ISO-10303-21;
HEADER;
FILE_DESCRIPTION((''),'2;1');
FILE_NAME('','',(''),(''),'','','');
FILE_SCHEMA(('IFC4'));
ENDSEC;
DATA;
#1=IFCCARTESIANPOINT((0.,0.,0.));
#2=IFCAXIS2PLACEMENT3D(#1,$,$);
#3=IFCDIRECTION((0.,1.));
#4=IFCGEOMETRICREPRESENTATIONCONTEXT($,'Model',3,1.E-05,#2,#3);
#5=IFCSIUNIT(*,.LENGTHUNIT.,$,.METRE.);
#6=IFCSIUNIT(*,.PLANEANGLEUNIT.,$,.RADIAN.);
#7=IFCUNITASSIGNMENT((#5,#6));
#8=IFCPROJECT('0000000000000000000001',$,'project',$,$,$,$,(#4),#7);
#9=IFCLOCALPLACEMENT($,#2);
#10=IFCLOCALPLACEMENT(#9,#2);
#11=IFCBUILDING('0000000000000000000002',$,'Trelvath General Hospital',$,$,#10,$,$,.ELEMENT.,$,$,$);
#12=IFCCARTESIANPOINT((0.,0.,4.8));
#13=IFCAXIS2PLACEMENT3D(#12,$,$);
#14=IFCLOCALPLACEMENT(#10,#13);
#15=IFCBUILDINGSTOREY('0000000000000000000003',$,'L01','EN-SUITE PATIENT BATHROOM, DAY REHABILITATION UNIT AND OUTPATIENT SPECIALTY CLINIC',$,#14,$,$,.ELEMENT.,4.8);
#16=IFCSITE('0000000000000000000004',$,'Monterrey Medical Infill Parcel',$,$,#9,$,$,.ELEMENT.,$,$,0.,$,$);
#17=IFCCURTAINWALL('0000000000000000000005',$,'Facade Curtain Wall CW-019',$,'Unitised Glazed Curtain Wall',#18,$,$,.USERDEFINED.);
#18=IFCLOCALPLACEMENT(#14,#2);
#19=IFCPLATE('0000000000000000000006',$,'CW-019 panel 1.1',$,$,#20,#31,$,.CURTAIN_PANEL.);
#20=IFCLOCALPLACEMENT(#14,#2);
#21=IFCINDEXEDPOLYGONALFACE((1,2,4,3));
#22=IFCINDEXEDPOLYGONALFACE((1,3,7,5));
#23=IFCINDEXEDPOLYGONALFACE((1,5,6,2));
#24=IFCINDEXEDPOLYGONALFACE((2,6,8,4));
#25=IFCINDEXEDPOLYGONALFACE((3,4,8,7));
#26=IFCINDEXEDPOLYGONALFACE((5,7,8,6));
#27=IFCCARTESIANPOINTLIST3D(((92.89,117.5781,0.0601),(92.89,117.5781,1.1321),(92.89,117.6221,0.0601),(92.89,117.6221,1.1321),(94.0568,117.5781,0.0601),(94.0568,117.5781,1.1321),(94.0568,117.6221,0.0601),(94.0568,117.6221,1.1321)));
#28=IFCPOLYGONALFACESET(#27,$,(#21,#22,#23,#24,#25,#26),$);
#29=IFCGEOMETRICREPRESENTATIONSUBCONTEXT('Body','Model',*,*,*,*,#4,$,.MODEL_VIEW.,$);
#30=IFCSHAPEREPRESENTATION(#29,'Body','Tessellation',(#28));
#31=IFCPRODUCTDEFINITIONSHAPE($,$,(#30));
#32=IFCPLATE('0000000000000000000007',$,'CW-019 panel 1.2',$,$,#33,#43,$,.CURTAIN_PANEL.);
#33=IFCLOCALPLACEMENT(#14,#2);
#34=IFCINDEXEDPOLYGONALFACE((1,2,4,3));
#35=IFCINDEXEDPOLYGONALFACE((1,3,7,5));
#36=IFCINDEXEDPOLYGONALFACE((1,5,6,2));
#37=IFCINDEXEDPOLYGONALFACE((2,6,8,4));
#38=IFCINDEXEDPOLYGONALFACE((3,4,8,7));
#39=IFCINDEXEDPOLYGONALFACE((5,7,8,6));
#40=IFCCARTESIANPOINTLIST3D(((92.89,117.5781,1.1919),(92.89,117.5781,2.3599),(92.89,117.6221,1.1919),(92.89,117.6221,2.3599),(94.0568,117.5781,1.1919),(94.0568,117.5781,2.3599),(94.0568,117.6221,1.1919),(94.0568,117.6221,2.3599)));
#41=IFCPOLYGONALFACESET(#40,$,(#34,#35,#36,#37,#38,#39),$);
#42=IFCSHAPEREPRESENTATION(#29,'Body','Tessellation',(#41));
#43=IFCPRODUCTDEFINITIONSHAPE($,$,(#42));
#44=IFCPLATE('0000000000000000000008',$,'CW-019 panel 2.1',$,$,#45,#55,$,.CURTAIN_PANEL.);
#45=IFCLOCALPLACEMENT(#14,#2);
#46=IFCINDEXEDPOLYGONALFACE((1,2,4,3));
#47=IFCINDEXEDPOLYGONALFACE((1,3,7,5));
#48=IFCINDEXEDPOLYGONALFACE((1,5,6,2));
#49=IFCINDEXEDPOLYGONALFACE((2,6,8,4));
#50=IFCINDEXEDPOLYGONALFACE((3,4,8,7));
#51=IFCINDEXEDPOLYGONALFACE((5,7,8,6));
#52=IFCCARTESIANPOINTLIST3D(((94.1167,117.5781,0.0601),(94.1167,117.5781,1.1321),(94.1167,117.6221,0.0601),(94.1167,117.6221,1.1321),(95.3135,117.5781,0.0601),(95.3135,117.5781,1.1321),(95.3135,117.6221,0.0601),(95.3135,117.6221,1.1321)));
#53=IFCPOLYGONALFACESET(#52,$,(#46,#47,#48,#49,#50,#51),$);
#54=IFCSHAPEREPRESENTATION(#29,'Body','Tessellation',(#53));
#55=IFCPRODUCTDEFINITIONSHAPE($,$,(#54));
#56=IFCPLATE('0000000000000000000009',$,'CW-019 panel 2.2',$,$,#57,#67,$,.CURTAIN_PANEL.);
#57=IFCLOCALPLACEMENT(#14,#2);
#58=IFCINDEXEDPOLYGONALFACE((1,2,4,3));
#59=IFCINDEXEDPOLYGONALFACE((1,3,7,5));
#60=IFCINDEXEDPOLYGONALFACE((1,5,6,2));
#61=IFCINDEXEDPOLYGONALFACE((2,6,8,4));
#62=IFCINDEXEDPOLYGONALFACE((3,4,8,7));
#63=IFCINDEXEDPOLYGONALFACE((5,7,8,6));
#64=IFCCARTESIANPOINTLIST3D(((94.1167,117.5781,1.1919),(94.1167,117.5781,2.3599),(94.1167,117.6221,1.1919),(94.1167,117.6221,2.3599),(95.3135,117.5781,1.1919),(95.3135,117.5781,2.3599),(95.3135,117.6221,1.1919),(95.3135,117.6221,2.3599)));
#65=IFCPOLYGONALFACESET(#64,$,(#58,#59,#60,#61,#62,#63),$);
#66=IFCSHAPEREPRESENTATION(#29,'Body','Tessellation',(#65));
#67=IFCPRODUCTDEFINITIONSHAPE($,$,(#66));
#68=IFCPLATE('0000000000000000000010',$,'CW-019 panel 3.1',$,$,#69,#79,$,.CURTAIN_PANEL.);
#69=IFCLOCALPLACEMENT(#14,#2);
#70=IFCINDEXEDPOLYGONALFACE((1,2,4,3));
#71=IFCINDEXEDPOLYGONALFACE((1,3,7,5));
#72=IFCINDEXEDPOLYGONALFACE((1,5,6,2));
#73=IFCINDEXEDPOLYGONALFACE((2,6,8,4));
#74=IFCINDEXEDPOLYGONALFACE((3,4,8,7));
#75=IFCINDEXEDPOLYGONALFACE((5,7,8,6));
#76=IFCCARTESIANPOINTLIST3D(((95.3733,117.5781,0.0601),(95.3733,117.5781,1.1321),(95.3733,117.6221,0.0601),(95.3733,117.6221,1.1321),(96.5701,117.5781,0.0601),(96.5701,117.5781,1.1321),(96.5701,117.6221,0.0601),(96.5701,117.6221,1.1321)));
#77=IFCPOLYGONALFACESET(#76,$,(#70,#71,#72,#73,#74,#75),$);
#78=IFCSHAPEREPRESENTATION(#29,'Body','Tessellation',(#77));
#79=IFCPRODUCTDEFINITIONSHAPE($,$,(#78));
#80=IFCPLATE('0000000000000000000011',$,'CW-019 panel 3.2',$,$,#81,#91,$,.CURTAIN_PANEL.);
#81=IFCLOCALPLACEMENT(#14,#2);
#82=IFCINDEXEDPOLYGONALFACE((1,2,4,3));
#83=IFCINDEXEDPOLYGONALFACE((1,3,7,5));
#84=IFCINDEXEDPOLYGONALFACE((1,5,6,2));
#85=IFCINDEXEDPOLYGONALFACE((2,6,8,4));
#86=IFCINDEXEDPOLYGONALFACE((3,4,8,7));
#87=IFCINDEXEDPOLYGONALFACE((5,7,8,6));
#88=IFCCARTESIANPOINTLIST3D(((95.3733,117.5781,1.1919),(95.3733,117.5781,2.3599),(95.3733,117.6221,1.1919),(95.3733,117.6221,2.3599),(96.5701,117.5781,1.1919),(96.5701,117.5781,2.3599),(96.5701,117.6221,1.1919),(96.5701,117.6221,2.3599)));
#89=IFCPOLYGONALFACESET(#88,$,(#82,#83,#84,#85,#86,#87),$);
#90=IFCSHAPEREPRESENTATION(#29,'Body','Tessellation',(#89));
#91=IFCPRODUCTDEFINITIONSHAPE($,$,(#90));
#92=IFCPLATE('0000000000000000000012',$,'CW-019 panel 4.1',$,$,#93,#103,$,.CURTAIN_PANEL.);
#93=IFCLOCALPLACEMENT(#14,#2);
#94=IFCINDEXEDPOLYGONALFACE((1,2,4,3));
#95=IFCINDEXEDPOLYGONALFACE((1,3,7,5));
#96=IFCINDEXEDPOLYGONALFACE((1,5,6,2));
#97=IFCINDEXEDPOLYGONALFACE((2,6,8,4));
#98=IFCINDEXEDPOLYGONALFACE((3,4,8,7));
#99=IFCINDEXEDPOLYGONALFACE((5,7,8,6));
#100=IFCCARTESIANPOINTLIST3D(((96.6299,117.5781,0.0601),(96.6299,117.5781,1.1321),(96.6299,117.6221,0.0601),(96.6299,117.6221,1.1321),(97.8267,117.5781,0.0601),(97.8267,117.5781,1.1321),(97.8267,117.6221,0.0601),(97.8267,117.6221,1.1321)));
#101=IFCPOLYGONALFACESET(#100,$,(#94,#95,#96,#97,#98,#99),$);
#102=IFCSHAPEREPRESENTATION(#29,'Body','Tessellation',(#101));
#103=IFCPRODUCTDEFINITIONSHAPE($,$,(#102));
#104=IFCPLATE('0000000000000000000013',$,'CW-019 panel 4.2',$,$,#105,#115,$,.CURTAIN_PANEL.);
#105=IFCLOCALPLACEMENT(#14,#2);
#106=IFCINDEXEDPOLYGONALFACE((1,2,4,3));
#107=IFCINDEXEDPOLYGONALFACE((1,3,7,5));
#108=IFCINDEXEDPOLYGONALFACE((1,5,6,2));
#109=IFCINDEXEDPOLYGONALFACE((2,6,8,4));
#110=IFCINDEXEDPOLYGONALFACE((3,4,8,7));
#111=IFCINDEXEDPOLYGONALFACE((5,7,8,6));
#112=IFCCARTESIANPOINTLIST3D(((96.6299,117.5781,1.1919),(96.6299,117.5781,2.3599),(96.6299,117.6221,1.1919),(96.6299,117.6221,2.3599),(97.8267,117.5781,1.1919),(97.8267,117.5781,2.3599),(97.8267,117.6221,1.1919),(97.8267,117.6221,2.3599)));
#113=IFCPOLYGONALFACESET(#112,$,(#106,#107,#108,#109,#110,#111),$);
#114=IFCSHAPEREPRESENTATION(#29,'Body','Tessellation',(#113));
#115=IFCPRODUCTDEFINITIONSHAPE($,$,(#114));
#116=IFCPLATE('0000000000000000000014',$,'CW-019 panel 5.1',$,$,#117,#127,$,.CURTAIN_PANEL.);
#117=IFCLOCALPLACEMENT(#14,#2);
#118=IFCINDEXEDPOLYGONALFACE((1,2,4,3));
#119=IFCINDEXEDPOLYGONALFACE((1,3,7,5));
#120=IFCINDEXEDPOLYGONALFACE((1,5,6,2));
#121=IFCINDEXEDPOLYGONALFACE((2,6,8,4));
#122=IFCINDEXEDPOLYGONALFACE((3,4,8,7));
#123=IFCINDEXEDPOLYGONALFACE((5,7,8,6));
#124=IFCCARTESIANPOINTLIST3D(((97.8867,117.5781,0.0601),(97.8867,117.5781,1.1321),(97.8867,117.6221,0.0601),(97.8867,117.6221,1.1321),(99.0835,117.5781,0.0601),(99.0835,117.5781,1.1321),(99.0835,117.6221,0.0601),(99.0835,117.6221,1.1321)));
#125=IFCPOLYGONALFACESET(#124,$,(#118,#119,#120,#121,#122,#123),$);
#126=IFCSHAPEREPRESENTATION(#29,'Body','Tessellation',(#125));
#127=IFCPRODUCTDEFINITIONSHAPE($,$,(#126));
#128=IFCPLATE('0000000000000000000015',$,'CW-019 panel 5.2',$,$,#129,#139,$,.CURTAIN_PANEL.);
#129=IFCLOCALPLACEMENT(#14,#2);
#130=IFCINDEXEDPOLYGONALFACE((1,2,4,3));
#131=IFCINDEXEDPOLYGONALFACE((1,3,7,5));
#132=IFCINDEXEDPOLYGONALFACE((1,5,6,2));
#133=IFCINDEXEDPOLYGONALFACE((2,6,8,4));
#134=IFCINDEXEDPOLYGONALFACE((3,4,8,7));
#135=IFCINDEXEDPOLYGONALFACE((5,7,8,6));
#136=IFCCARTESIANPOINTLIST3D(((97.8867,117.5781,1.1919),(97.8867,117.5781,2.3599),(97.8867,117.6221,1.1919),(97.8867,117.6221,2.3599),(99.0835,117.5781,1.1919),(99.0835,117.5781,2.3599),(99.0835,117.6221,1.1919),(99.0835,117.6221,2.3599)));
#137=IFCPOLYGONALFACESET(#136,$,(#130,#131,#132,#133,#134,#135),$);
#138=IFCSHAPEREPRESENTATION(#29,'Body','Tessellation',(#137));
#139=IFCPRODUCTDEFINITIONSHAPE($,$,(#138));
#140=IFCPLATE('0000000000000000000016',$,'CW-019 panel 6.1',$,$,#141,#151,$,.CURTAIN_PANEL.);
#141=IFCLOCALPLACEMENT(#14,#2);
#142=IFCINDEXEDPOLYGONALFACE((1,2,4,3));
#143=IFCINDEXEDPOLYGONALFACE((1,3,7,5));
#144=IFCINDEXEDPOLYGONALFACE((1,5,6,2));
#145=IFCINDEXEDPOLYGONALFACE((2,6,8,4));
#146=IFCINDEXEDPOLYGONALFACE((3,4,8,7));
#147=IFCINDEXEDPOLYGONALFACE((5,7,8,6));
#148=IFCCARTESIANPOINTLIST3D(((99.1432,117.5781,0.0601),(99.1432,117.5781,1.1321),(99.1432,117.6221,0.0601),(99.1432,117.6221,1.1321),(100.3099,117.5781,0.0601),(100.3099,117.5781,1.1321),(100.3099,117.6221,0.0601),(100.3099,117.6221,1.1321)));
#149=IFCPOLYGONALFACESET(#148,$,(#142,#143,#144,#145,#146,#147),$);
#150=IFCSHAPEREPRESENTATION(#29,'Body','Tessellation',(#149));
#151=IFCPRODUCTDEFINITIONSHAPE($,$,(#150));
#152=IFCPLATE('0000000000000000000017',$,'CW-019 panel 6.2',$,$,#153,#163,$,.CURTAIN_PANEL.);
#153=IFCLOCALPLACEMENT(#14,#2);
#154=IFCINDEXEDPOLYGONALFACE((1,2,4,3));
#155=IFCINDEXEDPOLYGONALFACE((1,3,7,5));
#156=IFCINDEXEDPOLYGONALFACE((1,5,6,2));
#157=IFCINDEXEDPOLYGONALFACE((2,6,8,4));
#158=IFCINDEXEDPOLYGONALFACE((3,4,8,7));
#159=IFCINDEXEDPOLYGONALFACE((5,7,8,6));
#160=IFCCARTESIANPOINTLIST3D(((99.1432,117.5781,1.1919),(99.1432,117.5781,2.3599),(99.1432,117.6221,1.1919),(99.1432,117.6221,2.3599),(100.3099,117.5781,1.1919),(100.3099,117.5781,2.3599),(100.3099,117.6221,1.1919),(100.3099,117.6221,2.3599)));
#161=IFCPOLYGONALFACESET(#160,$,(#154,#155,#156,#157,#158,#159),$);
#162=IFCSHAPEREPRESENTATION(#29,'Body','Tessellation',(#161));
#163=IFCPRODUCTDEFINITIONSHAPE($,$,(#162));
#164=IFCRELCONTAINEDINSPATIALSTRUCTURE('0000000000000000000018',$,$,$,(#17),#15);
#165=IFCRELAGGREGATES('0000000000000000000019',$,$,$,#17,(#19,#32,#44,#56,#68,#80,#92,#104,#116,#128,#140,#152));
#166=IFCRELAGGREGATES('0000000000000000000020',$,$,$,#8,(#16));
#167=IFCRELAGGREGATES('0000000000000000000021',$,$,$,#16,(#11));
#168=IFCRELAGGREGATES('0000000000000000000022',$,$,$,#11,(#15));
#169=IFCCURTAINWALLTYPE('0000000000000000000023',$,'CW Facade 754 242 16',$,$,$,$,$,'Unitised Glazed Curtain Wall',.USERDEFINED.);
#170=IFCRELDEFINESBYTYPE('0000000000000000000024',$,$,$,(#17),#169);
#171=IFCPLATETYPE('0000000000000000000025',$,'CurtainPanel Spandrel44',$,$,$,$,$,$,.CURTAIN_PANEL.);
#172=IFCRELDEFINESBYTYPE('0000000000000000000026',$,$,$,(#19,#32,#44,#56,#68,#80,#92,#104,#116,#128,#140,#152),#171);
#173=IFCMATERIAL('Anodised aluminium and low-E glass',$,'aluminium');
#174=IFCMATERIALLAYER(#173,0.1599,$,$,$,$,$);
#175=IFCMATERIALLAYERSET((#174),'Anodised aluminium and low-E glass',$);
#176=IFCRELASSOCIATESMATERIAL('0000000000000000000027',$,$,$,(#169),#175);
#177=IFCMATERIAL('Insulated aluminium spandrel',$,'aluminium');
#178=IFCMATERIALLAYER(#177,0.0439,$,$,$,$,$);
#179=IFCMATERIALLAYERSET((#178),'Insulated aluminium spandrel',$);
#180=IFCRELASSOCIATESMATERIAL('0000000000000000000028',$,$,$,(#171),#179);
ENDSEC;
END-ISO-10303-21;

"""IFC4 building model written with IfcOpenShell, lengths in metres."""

from ifc_helpers import new_model, si_unit, direction, frame, origin, origin_2d, place, context, subcontext, project, spatial, rectangle, extrude, material, layer, layer_set, type_object, element, aggregate, save


model = new_model("IFC4")

# Units and contexts
model_context = context("Model", 3, precision=1e-05, world=origin(), true_north=direction((0.0, 1.0)))
body_context = subcontext(model_context, "Body", "Model", "MODEL_VIEW")
ifc_project = project(units=[si_unit("LENGTHUNIT", "METRE"), si_unit("PLANEANGLEUNIT", "RADIAN")], contexts=[model_context])

# Site, building, storey
site_placement = place(None, origin())
site = spatial("IfcSite", under=ifc_project, at=site_placement, Name="Monterrey Medical Infill Parcel", CompositionType="ELEMENT", RefElevation=0.0)
building_placement = place(site_placement, origin())
building = spatial("IfcBuilding", under=site, at=building_placement, Name="Trelvath General Hospital", CompositionType="ELEMENT")
storey_placement = place(building_placement, frame((0.0, 0.0, 4.8)))
storey = spatial("IfcBuildingStorey", under=building, at=storey_placement, Name="L01", Description="EN-SUITE PATIENT BATHROOM, DAY REHABILITATION UNIT AND OUTPATIENT SPECIALTY CLINIC", CompositionType="ELEMENT", Elevation=4.8)

# Curtain wall, plates
ifc_material_1 = material(Name="Anodised aluminium and low-E glass", Category="aluminium")
ifc_layer_1 = layer(ifc_material_1, 0.1599)
ifc_layer_set_1 = layer_set([ifc_layer_1], Name="Anodised aluminium and low-E glass")
curtain_wall_type = type_object("IfcCurtainWallType", Name="CW Facade 754 242 16", ElementType="Unitised Glazed Curtain Wall", PredefinedType="USERDEFINED", material=ifc_layer_set_1)
curtain_wall_placement = place(storey_placement, origin())
curtain_wall = element("IfcCurtainWall", 1, at=curtain_wall_placement, inside=storey, type_object=curtain_wall_type, Name="Facade Curtain Wall CW-019", ObjectType="Unitised Glazed Curtain Wall", PredefinedType="USERDEFINED")
ifc_material_2 = material(Name="Insulated aluminium spandrel", Category="aluminium")
ifc_layer_2 = layer(ifc_material_2, 0.0439)
ifc_layer_set_2 = layer_set([ifc_layer_2], Name="Insulated aluminium spandrel")
plate_type = type_object("IfcPlateType", Name="CurtainPanel Spandrel44", PredefinedType="CURTAIN_PANEL", material=ifc_layer_set_2)
plate_1_placement = place(storey_placement, frame((93.4734, 117.6001, 0.0601), z_axis=(0.0, 0.0, 1.0), x_axis=(1.0, 0.0, 0.0)))
plate_1 = element("IfcPlate", 2, at=plate_1_placement, type_object=plate_type, Name="CW-019 panel 1.1", PredefinedType="CURTAIN_PANEL", context=body_context, shape_type="SweptSolid", body=[
    extrude(rectangle(XDim=1.1667, YDim=0.0439, at=origin_2d()), origin(), (0.0, 0.0, 1.0), 1.072),
])
plate_2_placement = place(storey_placement, frame((93.4734, 117.6001, 1.1919), z_axis=(0.0, 0.0, 1.0), x_axis=(1.0, 0.0, 0.0)))
plate_2 = element("IfcPlate", 3, at=plate_2_placement, type_object=plate_type, Name="CW-019 panel 1.2", PredefinedType="CURTAIN_PANEL", context=body_context, shape_type="SweptSolid", body=[
    extrude(rectangle(XDim=1.1667, YDim=0.0439, at=origin_2d()), origin(), (0.0, 0.0, 1.0), 1.168),
])
plate_3_placement = place(storey_placement, frame((94.7151, 117.6001, 0.0601), z_axis=(0.0, 0.0, 1.0), x_axis=(1.0, 0.0, 0.0)))
plate_3 = element("IfcPlate", 4, at=plate_3_placement, type_object=plate_type, Name="CW-019 panel 2.1", PredefinedType="CURTAIN_PANEL", context=body_context, shape_type="SweptSolid", body=[
    extrude(rectangle(XDim=1.1968, YDim=0.0439, at=origin_2d()), origin(), (0.0, 0.0, 1.0), 1.072),
])
plate_4_placement = place(storey_placement, frame((94.7151, 117.6001, 1.1919), z_axis=(0.0, 0.0, 1.0), x_axis=(1.0, 0.0, 0.0)))
plate_4 = element("IfcPlate", 5, at=plate_4_placement, type_object=plate_type, Name="CW-019 panel 2.2", PredefinedType="CURTAIN_PANEL", context=body_context, shape_type="SweptSolid", body=[
    extrude(rectangle(XDim=1.1968, YDim=0.0439, at=origin_2d()), origin(), (0.0, 0.0, 1.0), 1.168),
])
plate_5_placement = place(storey_placement, frame((95.9717, 117.6001, 0.0601), z_axis=(0.0, 0.0, 1.0), x_axis=(1.0, 0.0, 0.0)))
plate_5 = element("IfcPlate", 6, at=plate_5_placement, type_object=plate_type, Name="CW-019 panel 3.1", PredefinedType="CURTAIN_PANEL", context=body_context, shape_type="SweptSolid", body=[
    extrude(rectangle(XDim=1.1968, YDim=0.0439, at=origin_2d()), origin(), (0.0, 0.0, 1.0), 1.072),
])
plate_6_placement = place(storey_placement, frame((95.9717, 117.6001, 1.1919), z_axis=(0.0, 0.0, 1.0), x_axis=(1.0, 0.0, 0.0)))
plate_6 = element("IfcPlate", 7, at=plate_6_placement, type_object=plate_type, Name="CW-019 panel 3.2", PredefinedType="CURTAIN_PANEL", context=body_context, shape_type="SweptSolid", body=[
    extrude(rectangle(XDim=1.1968, YDim=0.0439, at=origin_2d()), origin(), (0.0, 0.0, 1.0), 1.168),
])
plate_7_placement = place(storey_placement, frame((97.2283, 117.6001, 0.0601), z_axis=(0.0, 0.0, 1.0), x_axis=(1.0, 0.0, 0.0)))
plate_7 = element("IfcPlate", 8, at=plate_7_placement, type_object=plate_type, Name="CW-019 panel 4.1", PredefinedType="CURTAIN_PANEL", context=body_context, shape_type="SweptSolid", body=[
    extrude(rectangle(XDim=1.1968, YDim=0.0439, at=origin_2d()), origin(), (0.0, 0.0, 1.0), 1.072),
])
plate_8_placement = place(storey_placement, frame((97.2283, 117.6001, 1.1919), z_axis=(0.0, 0.0, 1.0), x_axis=(1.0, 0.0, 0.0)))
plate_8 = element("IfcPlate", 9, at=plate_8_placement, type_object=plate_type, Name="CW-019 panel 4.2", PredefinedType="CURTAIN_PANEL", context=body_context, shape_type="SweptSolid", body=[
    extrude(rectangle(XDim=1.1968, YDim=0.0439, at=origin_2d()), origin(), (0.0, 0.0, 1.0), 1.168),
])
plate_9_placement = place(storey_placement, frame((98.4851, 117.6001, 0.0601), z_axis=(0.0, 0.0, 1.0), x_axis=(1.0, 0.0, 0.0)))
plate_9 = element("IfcPlate", 10, at=plate_9_placement, type_object=plate_type, Name="CW-019 panel 5.1", PredefinedType="CURTAIN_PANEL", context=body_context, shape_type="SweptSolid", body=[
    extrude(rectangle(XDim=1.1968, YDim=0.0439, at=origin_2d()), origin(), (0.0, 0.0, 1.0), 1.072),
])
plate_10_placement = place(storey_placement, frame((98.4851, 117.6001, 1.1919), z_axis=(0.0, 0.0, 1.0), x_axis=(1.0, 0.0, 0.0)))
plate_10 = element("IfcPlate", 11, at=plate_10_placement, type_object=plate_type, Name="CW-019 panel 5.2", PredefinedType="CURTAIN_PANEL", context=body_context, shape_type="SweptSolid", body=[
    extrude(rectangle(XDim=1.1968, YDim=0.0439, at=origin_2d()), origin(), (0.0, 0.0, 1.0), 1.168),
])
plate_11_placement = place(storey_placement, frame((99.7266, 117.6001, 0.0601), z_axis=(0.0, 0.0, 1.0), x_axis=(1.0, 0.0, 0.0)))
plate_11 = element("IfcPlate", 12, at=plate_11_placement, type_object=plate_type, Name="CW-019 panel 6.1", PredefinedType="CURTAIN_PANEL", context=body_context, shape_type="SweptSolid", body=[
    extrude(rectangle(XDim=1.1667, YDim=0.0439, at=origin_2d()), origin(), (0.0, 0.0, 1.0), 1.072),
])
plate_12_placement = place(storey_placement, frame((99.7266, 117.6001, 1.1919), z_axis=(0.0, 0.0, 1.0), x_axis=(1.0, 0.0, 0.0)))
plate_12 = element("IfcPlate", 13, at=plate_12_placement, type_object=plate_type, Name="CW-019 panel 6.2", PredefinedType="CURTAIN_PANEL", context=body_context, shape_type="SweptSolid", body=[
    extrude(rectangle(XDim=1.1667, YDim=0.0439, at=origin_2d()), origin(), (0.0, 0.0, 1.0), 1.168),
])
aggregate(curtain_wall, [plate_1, plate_2, plate_3, plate_4, plate_5, plate_6, plate_7, plate_8, plate_9, plate_10, plate_11, plate_12])

save(model, "model.ifc")
